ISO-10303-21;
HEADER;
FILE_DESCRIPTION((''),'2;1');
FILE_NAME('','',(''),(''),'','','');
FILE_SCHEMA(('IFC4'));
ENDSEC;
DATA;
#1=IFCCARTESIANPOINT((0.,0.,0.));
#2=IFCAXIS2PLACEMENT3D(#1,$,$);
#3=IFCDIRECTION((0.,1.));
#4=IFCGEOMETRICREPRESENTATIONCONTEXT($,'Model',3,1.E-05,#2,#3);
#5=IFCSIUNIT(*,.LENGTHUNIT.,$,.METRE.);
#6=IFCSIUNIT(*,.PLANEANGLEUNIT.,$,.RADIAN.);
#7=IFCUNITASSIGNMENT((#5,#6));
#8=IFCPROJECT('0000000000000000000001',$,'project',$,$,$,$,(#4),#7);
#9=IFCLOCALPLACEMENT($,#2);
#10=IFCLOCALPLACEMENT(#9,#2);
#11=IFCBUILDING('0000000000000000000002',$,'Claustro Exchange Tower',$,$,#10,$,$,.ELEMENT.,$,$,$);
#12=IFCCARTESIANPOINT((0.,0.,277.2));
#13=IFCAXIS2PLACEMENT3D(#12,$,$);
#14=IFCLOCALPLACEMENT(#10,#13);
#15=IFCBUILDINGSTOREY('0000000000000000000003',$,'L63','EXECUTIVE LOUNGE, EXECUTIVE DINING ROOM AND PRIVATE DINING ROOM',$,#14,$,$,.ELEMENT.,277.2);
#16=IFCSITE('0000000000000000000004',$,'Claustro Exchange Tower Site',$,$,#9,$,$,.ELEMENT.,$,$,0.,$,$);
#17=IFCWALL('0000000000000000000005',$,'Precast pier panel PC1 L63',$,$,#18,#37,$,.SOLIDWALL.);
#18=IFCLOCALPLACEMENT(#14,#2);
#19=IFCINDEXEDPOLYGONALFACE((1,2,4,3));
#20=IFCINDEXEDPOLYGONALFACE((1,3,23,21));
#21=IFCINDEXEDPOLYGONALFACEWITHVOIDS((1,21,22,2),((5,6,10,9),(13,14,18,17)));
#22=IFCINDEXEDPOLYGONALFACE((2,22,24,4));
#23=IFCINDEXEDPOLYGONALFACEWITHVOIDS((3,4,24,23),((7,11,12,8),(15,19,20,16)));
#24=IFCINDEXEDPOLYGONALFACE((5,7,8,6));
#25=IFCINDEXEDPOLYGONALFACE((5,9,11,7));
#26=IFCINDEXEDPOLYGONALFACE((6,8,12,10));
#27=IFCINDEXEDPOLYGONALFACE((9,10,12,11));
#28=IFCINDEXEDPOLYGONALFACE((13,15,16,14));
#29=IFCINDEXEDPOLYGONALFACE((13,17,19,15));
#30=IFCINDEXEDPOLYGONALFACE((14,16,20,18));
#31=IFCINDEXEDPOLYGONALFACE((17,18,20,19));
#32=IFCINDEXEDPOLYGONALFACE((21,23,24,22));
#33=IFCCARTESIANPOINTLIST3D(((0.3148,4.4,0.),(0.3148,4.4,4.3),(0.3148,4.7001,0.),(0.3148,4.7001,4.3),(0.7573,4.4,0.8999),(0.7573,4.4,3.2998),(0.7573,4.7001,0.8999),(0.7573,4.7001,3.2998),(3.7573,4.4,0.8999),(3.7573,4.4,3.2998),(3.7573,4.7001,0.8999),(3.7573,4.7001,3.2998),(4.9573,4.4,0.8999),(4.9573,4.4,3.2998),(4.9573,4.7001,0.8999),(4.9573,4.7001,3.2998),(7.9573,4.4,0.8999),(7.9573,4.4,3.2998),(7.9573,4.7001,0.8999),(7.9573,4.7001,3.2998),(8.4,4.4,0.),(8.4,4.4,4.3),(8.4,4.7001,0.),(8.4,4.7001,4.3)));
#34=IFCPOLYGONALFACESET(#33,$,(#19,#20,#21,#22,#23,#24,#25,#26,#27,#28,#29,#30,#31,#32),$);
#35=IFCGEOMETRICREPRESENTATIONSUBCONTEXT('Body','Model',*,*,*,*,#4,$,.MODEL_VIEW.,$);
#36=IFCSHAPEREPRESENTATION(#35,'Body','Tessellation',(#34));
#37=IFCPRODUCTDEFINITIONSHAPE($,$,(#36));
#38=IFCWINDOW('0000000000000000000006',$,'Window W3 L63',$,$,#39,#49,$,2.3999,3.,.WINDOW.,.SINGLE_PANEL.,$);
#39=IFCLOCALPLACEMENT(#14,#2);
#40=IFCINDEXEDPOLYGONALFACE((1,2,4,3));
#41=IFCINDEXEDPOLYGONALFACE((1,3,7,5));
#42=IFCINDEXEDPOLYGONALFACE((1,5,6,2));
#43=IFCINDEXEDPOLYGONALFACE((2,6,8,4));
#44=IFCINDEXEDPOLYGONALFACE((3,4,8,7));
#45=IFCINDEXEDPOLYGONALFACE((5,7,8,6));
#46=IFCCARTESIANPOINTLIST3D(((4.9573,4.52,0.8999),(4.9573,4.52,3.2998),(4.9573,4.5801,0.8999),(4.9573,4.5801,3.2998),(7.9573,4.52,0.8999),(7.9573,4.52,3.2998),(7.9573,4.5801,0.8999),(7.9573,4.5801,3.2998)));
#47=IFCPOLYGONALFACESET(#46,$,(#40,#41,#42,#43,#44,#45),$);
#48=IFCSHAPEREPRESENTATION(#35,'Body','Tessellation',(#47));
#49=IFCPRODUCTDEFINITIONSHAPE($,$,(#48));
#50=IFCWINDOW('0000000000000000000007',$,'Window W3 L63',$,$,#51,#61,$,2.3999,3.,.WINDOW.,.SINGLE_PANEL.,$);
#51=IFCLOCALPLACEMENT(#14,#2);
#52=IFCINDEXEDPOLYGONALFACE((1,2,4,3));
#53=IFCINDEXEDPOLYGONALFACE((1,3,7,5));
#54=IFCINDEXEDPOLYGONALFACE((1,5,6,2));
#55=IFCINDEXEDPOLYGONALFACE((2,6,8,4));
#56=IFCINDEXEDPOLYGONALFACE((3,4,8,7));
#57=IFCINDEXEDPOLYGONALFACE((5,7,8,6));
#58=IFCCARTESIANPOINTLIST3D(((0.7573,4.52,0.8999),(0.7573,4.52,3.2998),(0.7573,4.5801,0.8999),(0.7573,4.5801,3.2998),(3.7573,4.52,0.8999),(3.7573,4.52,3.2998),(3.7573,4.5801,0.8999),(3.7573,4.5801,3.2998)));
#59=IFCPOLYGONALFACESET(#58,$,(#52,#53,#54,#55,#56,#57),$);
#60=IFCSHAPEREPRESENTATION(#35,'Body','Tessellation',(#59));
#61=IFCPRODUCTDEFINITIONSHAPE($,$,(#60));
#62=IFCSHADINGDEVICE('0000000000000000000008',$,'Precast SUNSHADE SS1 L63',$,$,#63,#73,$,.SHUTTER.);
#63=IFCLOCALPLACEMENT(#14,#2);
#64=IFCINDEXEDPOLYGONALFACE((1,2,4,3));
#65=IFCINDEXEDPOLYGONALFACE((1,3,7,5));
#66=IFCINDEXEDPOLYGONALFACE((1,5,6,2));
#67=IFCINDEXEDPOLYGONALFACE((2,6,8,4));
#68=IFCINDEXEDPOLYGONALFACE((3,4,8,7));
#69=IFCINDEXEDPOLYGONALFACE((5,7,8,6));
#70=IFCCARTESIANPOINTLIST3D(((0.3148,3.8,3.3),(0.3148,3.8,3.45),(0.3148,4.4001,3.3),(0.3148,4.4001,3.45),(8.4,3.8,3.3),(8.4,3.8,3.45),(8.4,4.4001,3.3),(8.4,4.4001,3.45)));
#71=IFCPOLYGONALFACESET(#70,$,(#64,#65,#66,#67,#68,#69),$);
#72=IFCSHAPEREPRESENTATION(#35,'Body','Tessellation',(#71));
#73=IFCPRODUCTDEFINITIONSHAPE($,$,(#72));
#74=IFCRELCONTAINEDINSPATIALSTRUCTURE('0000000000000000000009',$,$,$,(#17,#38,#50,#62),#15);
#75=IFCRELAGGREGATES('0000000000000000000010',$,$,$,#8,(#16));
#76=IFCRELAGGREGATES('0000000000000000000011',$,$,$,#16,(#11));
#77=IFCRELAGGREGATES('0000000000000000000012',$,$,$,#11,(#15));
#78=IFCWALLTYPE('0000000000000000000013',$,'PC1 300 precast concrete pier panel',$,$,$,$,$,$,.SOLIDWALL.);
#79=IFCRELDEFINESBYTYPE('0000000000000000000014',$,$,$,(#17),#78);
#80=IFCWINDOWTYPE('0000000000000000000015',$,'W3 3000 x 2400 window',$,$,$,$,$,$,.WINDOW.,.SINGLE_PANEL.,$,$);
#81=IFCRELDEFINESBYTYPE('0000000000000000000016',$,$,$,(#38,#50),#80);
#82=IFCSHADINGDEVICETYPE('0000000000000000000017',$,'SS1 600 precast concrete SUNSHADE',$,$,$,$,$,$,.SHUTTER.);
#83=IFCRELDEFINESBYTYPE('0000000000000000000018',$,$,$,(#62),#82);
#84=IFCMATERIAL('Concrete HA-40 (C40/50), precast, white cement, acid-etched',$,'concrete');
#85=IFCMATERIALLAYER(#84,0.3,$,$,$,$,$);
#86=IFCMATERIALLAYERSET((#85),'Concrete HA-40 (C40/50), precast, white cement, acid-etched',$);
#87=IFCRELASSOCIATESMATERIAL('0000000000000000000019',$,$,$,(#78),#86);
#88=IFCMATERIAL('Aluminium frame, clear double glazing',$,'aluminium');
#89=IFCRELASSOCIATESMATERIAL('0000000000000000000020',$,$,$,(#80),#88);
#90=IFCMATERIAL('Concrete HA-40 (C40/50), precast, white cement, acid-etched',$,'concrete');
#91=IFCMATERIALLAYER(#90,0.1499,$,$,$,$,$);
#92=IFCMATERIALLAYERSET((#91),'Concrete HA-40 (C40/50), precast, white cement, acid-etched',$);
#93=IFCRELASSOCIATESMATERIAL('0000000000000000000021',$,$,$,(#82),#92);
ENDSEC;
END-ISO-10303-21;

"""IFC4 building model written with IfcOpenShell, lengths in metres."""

from ifc_helpers import new_model, si_unit, direction, frame, frame_2d, origin, origin_2d, place, context, subcontext, project, spatial, rectangle, extrude, material, layer, layer_set, type_object, element, fill, save


model = new_model("IFC4")

# Units and contexts
model_context = context("Model", 3, precision=1e-05, world=origin(), true_north=direction((0.0, 1.0)))
body_context = subcontext(model_context, "Body", "Model", "MODEL_VIEW")
ifc_project = project(units=[si_unit("LENGTHUNIT", "METRE"), si_unit("PLANEANGLEUNIT", "RADIAN")], contexts=[model_context])

# Site, building, storey
site_placement = place(None, origin())
site = spatial("IfcSite", under=ifc_project, at=site_placement, Name="Claustro Exchange Tower Site", CompositionType="ELEMENT", RefElevation=0.0)
building_placement = place(site_placement, origin())
building = spatial("IfcBuilding", under=site, at=building_placement, Name="Claustro Exchange Tower", CompositionType="ELEMENT")
storey_placement = place(building_placement, frame((0.0, 0.0, 277.2)))
storey = spatial("IfcBuildingStorey", under=building, at=storey_placement, Name="L63", Description="EXECUTIVE LOUNGE, EXECUTIVE DINING ROOM AND PRIVATE DINING ROOM", CompositionType="ELEMENT", Elevation=277.2)

# Wall, openings, windows
ifc_material_1 = material(Name="Concrete HA-40 (C40/50), precast, white cement, acid-etched", Category="concrete")
ifc_layer_1 = layer(ifc_material_1, 0.3)
ifc_layer_set_1 = layer_set([ifc_layer_1], Name="Concrete HA-40 (C40/50), precast, white cement, acid-etched")
wall_type_1 = type_object("IfcWallType", Name="PC1 300 precast concrete pier panel", PredefinedType="SOLIDWALL", material=ifc_layer_set_1)
wall_1_placement = place(storey_placement, frame((8.3999, 4.55, 0.0), z_axis=(0.0, 0.0, 1.0), x_axis=(-1.0, 0.0, 0.0)))
wall_1 = element("IfcWall", 1, at=wall_1_placement, inside=storey, type_object=wall_type_1, Name="Precast pier panel PC1 L63", PredefinedType="SOLIDWALL", context=body_context, shape_type="SweptSolid", body=[
    extrude(rectangle(XDim=8.0852, YDim=0.3, at=frame_2d((4.0425, 0.0))), origin(), (0.0, 0.0, 1.0), 4.3),
])
opening_1_placement = place(wall_1_placement, frame((0.4426, 0.0, 0.8999)))
opening_1 = element("IfcOpeningElement", 2, at=opening_1_placement, cuts=wall_1, PredefinedType="OPENING", context=body_context, shape_type="SweptSolid", body=[
    extrude(rectangle(XDim=3.0, YDim=2.3999, at=frame_2d((1.5, 1.2))), frame((0.0, 0.1599, 0.0), z_axis=(0.0, -1.0, 0.0), x_axis=(1.0, 0.0, 0.0)), (0.0, 0.0, 1.0), 0.3201),
])
opening_2_placement = place(wall_1_placement, frame((4.6426, 0.0, 0.8999)))
opening_2 = element("IfcOpeningElement", 3, at=opening_2_placement, cuts=wall_1, PredefinedType="OPENING", context=body_context, shape_type="SweptSolid", body=[
    extrude(rectangle(XDim=3.0, YDim=2.3999, at=frame_2d((1.5, 1.2))), frame((0.0, 0.1599, 0.0), z_axis=(0.0, -1.0, 0.0), x_axis=(1.0, 0.0, 0.0)), (0.0, 0.0, 1.0), 0.3201),
])
ifc_material_2 = material(Name="Aluminium frame, clear double glazing", Category="aluminium")
window_type = type_object("IfcWindowType", Name="W3 3000 x 2400 window", PartitioningType="SINGLE_PANEL", PredefinedType="WINDOW", material=ifc_material_2)
window_1_placement = place(opening_1_placement, origin())
window_1 = element("IfcWindow", 4, at=window_1_placement, inside=storey, type_object=window_type, Name="Window W3 L63", OverallHeight=2.3999, OverallWidth=3.0, PartitioningType="SINGLE_PANEL", PredefinedType="WINDOW", context=body_context, shape_type="SweptSolid", body=[
    extrude(rectangle(XDim=3.0, YDim=2.3999, at=frame_2d((1.5, 1.2))), frame((0.0, 0.03, 0.0), z_axis=(0.0, -1.0, 0.0), x_axis=(1.0, 0.0, 0.0)), (0.0, 0.0, 1.0), 0.0601),
])
fill(opening_1, window_1)
window_2_placement = place(opening_2_placement, origin())
window_2 = element("IfcWindow", 5, at=window_2_placement, inside=storey, type_object=window_type, Name="Window W3 L63", OverallHeight=2.3999, OverallWidth=3.0, PartitioningType="SINGLE_PANEL", PredefinedType="WINDOW", context=body_context, shape_type="SweptSolid", body=[
    extrude(rectangle(XDim=3.0, YDim=2.3999, at=frame_2d((1.5, 1.2))), frame((0.0, 0.03, 0.0), z_axis=(0.0, -1.0, 0.0), x_axis=(1.0, 0.0, 0.0)), (0.0, 0.0, 1.0), 0.0601),
])
fill(opening_2, window_2)

# Shading device
ifc_material_3 = material(Name="Concrete HA-40 (C40/50), precast, white cement, acid-etched", Category="concrete")
ifc_layer_2 = layer(ifc_material_3, 0.1499)
ifc_layer_set_2 = layer_set([ifc_layer_2], Name="Concrete HA-40 (C40/50), precast, white cement, acid-etched")
shading_device_type = type_object("IfcShadingDeviceType", Name="SS1 600 precast concrete SUNSHADE", PredefinedType="SHUTTER", material=ifc_layer_set_2)
shading_device_placement = place(storey_placement, frame((4.3574, 4.1001, 3.3), z_axis=(0.0, 0.0, 1.0), x_axis=(-1.0, 0.0, 0.0)))
element("IfcShadingDevice", 6, at=shading_device_placement, inside=storey, type_object=shading_device_type, Name="Precast SUNSHADE SS1 L63", PredefinedType="SHUTTER", context=body_context, shape_type="SweptSolid", body=[
    extrude(rectangle(XDim=8.0852, YDim=0.6001, at=origin_2d()), origin(), (0.0, 0.0, 1.0), 0.1499),
])

save(model, "model.ifc")
